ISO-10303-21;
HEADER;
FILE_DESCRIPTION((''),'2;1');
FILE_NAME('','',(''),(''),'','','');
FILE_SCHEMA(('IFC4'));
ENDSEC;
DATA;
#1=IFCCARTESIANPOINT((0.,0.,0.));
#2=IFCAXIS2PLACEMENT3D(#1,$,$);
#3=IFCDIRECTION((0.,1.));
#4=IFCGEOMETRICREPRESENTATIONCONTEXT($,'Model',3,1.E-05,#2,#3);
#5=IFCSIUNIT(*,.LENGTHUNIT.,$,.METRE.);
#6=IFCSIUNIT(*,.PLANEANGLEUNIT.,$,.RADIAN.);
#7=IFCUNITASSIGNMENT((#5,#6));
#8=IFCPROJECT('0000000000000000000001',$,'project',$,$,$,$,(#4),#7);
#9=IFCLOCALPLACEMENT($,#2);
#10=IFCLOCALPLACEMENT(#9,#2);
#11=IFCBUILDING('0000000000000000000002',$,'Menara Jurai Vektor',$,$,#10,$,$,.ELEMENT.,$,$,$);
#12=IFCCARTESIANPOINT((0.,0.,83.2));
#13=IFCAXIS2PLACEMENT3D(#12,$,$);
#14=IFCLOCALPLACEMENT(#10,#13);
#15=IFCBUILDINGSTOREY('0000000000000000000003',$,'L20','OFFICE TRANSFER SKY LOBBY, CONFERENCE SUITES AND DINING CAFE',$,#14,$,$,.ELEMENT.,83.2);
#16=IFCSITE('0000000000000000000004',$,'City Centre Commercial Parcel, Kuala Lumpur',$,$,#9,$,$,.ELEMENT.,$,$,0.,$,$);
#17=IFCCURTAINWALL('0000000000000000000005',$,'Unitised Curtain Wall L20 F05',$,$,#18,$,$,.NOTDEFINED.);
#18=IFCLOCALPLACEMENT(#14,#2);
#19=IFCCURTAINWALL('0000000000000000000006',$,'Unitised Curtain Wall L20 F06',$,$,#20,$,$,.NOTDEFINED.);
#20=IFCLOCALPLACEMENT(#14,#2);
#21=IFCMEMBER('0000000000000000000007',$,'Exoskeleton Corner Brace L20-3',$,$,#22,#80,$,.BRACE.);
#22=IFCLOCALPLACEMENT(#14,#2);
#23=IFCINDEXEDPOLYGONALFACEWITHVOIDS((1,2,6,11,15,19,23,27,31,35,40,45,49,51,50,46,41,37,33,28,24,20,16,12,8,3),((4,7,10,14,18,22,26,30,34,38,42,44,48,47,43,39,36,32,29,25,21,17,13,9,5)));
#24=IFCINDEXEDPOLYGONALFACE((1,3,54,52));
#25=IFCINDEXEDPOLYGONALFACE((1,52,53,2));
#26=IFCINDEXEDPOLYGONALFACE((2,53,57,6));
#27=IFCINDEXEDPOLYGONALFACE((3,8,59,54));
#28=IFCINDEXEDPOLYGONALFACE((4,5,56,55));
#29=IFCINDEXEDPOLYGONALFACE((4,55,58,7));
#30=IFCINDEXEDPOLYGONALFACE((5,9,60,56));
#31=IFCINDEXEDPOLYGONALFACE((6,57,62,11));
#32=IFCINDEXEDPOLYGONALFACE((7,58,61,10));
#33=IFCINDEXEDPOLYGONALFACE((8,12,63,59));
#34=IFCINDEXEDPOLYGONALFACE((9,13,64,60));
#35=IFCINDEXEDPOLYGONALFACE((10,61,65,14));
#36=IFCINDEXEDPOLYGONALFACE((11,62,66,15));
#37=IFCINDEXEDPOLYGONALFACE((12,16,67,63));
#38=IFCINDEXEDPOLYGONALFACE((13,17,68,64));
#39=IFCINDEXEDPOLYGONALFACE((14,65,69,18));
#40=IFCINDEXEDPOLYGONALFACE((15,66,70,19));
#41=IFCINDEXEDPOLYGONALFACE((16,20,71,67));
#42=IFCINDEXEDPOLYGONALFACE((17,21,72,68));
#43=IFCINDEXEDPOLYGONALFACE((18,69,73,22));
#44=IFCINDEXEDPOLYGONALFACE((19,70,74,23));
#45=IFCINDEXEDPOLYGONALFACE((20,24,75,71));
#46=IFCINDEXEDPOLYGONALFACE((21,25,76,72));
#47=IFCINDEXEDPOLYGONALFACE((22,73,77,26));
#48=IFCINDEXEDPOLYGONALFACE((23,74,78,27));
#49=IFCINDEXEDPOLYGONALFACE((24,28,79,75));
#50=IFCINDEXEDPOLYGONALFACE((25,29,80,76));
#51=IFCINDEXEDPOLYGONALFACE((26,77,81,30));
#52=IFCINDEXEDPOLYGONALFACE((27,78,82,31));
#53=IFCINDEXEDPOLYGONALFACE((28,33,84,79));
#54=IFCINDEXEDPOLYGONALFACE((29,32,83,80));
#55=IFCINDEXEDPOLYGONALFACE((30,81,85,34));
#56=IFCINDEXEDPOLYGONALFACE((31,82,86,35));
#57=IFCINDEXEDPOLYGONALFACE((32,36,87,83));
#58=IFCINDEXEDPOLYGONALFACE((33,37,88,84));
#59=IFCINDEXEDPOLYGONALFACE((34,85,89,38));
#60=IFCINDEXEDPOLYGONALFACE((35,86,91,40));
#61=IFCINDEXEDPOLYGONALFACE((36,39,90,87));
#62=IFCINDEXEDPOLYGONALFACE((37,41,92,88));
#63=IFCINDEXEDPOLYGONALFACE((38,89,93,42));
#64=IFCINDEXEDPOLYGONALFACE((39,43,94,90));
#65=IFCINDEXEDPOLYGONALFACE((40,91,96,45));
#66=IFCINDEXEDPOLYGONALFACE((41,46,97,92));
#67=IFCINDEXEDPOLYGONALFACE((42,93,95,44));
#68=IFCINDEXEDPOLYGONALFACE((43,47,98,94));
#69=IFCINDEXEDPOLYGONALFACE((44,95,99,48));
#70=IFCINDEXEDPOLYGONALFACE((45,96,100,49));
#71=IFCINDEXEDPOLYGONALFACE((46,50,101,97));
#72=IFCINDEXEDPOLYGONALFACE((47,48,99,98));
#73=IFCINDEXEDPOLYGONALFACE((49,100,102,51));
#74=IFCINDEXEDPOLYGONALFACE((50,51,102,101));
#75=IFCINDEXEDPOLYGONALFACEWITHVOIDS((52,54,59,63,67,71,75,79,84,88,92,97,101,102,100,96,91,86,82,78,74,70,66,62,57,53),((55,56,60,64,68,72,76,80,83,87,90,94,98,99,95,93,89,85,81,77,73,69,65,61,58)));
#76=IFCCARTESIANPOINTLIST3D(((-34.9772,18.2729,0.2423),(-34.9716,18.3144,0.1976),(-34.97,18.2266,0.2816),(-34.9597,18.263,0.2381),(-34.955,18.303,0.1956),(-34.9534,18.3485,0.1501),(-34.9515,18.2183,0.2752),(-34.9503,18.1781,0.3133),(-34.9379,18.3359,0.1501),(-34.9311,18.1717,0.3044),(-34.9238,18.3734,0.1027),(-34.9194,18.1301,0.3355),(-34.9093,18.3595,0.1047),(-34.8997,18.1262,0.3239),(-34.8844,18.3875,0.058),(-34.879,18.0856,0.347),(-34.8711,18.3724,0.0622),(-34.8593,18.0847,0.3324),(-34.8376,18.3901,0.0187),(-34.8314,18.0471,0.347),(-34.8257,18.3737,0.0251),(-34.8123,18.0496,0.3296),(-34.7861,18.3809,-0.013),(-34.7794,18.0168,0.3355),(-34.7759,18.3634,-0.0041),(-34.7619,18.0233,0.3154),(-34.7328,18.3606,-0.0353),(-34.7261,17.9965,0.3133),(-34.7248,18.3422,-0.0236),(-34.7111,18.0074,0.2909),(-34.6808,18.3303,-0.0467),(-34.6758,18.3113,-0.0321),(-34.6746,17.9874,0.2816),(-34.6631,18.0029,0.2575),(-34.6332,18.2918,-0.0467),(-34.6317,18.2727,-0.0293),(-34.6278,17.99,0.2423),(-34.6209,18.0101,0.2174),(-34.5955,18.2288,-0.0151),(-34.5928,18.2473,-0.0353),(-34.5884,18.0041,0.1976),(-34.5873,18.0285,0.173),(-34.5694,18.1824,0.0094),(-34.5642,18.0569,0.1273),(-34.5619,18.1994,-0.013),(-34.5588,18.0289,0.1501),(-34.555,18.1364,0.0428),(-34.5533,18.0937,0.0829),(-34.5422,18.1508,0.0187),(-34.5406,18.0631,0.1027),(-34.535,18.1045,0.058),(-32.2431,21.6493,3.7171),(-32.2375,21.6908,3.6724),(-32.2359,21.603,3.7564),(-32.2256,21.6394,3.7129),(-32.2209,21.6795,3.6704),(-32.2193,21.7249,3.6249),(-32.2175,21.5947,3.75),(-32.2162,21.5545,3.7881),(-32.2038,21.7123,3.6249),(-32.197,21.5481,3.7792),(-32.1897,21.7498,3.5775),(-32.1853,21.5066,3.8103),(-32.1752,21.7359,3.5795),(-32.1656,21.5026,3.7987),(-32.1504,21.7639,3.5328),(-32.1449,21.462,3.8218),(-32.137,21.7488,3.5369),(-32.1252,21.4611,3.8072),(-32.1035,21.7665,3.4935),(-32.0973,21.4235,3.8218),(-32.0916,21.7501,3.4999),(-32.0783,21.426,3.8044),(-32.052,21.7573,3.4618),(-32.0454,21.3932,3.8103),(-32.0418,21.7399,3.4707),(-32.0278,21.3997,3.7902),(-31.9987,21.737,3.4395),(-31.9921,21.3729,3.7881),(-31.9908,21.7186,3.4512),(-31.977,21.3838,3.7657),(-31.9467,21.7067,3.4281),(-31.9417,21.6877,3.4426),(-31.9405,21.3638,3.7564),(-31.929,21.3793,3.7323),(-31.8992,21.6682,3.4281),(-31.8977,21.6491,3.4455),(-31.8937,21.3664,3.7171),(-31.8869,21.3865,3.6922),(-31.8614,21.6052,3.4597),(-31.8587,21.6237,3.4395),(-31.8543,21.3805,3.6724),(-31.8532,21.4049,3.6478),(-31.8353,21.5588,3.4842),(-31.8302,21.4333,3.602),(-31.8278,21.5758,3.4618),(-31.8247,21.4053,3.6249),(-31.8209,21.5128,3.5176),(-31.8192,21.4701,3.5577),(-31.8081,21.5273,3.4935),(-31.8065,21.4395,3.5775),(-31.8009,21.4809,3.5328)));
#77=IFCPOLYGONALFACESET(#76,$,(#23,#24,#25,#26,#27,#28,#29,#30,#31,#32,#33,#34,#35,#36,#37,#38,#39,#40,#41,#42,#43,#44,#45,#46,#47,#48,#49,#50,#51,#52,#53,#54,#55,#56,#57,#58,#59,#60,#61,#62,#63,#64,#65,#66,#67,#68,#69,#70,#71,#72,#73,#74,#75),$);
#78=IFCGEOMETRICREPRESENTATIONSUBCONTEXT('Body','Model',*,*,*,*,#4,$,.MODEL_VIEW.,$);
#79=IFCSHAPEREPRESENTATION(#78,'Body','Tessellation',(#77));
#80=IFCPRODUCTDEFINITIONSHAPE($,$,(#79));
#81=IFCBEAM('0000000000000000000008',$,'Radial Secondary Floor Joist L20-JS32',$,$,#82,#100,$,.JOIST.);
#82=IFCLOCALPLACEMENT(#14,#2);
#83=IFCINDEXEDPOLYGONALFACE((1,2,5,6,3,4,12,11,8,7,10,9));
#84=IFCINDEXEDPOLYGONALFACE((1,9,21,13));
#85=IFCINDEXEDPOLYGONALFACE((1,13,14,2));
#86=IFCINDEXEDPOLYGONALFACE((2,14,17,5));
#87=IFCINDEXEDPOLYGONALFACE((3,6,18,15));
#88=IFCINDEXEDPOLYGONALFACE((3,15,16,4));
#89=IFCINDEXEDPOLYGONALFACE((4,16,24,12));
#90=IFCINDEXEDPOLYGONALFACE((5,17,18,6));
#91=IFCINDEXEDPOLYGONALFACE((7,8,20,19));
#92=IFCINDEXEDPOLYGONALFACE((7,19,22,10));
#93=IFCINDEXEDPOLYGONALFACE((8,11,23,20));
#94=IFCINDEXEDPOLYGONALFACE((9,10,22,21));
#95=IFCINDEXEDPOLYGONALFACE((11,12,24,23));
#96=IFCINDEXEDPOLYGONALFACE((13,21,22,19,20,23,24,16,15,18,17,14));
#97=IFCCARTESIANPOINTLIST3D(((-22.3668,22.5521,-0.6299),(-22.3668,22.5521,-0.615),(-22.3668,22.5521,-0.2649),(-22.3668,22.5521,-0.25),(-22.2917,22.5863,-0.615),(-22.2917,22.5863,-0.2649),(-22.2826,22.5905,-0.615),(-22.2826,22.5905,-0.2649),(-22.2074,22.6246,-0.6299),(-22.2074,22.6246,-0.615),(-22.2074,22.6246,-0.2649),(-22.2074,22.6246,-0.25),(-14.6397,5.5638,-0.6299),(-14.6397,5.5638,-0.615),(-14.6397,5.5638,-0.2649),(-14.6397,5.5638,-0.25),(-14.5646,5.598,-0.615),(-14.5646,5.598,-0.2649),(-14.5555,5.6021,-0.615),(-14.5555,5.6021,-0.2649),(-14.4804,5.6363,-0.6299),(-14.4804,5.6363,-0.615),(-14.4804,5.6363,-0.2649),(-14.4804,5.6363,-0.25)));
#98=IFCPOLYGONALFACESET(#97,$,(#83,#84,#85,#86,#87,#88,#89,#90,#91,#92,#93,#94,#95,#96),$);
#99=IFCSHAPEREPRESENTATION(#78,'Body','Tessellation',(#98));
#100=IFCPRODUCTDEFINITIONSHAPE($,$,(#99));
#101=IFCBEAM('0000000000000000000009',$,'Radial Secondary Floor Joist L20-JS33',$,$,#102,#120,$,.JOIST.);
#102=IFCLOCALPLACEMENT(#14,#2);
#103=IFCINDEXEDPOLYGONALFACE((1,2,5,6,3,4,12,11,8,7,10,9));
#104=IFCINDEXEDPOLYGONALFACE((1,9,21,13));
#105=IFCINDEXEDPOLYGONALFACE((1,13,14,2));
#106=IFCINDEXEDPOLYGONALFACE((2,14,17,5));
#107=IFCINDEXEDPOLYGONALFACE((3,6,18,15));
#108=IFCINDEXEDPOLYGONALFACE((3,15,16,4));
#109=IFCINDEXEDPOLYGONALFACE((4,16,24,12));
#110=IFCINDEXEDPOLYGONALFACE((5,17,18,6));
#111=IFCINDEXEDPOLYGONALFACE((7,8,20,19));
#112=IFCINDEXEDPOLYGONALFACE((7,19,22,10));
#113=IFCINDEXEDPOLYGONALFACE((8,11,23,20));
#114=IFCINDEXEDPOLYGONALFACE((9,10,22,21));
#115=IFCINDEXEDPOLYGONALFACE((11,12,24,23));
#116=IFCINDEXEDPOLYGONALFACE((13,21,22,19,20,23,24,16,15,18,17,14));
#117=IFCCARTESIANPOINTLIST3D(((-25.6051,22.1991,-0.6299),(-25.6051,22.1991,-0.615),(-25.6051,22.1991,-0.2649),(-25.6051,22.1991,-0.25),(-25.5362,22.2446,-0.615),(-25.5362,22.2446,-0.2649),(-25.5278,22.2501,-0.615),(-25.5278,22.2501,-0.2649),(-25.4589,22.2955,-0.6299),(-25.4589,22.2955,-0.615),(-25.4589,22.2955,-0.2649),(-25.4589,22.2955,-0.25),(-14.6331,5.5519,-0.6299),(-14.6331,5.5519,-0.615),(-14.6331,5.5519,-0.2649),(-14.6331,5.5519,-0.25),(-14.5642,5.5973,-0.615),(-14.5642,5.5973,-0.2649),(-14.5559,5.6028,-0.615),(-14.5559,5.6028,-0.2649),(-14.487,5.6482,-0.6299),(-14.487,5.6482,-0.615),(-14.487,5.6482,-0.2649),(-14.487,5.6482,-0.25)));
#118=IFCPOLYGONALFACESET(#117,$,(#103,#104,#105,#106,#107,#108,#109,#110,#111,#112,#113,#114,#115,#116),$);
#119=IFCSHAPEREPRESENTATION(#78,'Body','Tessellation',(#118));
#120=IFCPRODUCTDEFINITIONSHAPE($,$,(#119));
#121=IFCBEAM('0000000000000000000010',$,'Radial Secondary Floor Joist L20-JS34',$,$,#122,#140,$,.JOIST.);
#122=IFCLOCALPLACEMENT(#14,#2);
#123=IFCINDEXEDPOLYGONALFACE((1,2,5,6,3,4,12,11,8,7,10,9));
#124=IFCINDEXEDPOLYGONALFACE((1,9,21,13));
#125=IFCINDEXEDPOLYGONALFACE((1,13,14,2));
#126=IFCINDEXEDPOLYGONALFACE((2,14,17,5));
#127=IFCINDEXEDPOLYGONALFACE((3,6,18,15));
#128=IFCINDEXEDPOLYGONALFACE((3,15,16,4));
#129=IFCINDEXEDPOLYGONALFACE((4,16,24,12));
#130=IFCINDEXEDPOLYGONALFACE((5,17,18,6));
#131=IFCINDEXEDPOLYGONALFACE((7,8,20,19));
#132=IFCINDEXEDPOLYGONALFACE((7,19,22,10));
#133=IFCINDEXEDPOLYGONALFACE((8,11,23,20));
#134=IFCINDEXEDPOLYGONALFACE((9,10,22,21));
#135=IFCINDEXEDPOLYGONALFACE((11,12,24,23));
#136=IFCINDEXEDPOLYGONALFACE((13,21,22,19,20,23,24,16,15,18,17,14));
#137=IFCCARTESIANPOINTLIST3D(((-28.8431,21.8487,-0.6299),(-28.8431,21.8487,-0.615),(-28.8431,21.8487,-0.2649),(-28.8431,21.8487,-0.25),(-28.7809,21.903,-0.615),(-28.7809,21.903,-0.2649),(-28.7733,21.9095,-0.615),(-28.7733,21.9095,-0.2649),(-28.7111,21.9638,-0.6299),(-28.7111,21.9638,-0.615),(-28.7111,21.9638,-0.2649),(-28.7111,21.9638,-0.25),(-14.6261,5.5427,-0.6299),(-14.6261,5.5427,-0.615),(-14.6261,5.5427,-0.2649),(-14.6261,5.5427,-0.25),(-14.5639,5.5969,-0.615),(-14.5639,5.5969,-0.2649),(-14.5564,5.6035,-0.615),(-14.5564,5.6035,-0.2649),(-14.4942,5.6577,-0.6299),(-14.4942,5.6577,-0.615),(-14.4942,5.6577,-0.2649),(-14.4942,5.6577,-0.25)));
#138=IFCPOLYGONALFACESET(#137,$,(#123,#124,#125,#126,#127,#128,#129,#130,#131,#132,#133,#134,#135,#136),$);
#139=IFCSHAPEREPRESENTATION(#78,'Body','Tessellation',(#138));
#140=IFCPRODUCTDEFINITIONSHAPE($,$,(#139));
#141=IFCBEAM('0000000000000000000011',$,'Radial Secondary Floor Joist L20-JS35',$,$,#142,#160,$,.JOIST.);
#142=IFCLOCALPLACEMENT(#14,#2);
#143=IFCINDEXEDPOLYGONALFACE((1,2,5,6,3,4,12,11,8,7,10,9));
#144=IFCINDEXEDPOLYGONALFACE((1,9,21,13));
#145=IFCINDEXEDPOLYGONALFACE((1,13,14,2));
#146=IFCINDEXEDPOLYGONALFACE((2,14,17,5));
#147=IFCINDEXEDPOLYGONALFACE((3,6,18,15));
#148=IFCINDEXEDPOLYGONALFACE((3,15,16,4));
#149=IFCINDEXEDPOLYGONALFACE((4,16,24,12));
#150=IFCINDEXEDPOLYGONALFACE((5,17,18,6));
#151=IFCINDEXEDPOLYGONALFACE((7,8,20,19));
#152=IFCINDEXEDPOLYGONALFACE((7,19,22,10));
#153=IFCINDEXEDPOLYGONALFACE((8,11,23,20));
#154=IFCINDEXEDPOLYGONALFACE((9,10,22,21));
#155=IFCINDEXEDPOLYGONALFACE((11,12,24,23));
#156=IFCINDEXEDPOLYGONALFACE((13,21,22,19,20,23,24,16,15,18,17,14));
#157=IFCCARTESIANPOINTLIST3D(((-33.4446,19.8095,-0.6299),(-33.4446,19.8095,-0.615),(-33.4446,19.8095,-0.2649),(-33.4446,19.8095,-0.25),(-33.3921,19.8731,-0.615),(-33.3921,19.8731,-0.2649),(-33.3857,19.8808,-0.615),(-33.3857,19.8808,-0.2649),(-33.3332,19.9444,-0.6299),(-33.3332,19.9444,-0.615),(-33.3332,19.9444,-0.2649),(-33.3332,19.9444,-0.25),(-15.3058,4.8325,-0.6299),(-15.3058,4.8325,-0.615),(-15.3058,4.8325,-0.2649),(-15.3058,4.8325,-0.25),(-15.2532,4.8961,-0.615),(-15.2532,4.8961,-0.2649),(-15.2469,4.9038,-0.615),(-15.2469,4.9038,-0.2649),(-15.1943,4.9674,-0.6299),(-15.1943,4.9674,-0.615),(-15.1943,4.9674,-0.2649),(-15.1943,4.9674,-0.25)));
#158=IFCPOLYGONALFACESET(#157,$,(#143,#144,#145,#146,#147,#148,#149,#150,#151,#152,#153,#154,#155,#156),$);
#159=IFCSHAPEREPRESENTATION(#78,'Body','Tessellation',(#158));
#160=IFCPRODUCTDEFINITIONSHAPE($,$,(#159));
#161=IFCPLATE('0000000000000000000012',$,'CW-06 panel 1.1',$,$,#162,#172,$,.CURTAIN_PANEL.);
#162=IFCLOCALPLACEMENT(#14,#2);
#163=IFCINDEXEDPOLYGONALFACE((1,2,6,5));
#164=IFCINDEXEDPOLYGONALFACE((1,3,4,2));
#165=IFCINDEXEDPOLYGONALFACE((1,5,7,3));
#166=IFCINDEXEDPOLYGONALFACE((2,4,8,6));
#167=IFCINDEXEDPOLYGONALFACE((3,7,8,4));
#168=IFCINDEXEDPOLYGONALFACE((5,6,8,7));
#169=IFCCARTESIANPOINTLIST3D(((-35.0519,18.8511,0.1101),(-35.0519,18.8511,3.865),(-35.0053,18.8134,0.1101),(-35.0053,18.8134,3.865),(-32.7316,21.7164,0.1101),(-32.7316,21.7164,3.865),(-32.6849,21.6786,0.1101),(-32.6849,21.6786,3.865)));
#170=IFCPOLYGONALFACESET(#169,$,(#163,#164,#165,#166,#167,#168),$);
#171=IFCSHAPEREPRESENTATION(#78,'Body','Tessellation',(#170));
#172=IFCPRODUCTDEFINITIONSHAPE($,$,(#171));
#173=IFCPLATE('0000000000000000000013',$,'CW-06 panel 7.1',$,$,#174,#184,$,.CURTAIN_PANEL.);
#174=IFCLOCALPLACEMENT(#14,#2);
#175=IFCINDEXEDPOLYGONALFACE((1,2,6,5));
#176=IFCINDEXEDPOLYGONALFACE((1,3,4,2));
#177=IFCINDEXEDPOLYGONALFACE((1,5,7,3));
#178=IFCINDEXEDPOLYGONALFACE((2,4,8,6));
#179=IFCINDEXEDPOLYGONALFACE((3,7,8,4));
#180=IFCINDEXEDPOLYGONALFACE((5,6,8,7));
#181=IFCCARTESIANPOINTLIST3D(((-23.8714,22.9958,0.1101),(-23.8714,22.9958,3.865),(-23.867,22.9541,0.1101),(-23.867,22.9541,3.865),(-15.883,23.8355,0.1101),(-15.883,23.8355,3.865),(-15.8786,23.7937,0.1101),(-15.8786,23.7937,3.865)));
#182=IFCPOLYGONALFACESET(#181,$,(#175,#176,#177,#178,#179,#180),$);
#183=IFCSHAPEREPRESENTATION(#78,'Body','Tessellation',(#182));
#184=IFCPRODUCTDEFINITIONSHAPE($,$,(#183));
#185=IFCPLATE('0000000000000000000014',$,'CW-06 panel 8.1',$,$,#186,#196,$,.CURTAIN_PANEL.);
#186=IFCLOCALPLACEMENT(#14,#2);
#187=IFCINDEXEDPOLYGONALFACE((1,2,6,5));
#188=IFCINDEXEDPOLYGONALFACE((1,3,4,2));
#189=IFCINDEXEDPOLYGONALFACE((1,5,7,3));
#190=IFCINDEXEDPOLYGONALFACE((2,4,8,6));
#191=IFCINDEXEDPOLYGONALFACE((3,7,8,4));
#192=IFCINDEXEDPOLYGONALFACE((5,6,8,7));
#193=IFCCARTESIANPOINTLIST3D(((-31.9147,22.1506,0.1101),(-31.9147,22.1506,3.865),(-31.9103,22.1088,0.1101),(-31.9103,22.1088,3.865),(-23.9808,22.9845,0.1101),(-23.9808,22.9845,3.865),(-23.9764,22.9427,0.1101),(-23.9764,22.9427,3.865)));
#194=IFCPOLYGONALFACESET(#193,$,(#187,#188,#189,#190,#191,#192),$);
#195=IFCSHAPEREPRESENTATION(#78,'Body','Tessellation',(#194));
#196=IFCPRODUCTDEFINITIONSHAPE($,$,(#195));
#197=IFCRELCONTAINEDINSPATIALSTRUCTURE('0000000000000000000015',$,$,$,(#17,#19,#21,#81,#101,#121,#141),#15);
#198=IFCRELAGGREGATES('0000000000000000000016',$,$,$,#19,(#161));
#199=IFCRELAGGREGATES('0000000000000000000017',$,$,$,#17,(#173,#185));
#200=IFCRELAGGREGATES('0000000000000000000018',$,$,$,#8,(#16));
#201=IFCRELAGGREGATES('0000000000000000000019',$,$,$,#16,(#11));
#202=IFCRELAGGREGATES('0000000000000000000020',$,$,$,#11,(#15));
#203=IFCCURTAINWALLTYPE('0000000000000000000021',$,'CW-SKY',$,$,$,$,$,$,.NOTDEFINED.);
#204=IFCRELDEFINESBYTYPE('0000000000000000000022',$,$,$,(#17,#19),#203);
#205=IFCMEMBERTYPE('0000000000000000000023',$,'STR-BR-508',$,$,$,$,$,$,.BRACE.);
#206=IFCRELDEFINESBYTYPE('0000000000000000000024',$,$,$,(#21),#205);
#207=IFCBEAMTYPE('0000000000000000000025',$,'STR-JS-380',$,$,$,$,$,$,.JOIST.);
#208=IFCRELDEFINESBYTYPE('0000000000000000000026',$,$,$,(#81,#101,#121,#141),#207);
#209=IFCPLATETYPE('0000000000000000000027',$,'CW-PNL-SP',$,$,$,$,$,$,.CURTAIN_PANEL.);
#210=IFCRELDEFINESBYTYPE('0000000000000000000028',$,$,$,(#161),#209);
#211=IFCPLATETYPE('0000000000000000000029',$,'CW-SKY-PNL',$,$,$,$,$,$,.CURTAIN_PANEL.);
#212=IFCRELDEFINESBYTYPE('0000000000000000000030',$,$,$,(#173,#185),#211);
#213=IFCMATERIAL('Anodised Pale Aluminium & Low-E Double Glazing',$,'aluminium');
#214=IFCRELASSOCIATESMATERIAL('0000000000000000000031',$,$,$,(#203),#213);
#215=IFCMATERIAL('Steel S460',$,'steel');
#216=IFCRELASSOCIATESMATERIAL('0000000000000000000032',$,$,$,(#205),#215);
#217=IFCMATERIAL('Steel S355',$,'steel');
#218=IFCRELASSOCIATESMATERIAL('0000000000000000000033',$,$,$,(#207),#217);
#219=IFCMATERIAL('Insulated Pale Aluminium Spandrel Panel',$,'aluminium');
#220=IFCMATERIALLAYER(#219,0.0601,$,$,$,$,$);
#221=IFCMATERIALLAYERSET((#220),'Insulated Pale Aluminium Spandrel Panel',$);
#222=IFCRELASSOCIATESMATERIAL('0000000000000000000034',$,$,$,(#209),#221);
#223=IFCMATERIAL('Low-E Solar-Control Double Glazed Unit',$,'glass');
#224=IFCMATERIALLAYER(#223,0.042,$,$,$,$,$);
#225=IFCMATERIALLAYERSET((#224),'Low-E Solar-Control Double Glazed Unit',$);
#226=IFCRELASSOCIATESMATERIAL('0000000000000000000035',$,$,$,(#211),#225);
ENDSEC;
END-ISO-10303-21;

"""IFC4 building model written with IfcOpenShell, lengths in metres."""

from ifc_helpers import new_model, si_unit, direction, frame, origin, origin_2d, place, context, subcontext, project, spatial, rectangle, hollow_circle, i_section, extrude, material, layer, layer_set, material_profile, profile_set, type_object, element, aggregate, save


model = new_model("IFC4")

# Units and contexts
model_context = context("Model", 3, precision=1e-05, world=origin(), true_north=direction((0.0, 1.0)))
body_context = subcontext(model_context, "Body", "Model", "MODEL_VIEW")
ifc_project = project(units=[si_unit("LENGTHUNIT", "METRE"), si_unit("PLANEANGLEUNIT", "RADIAN")], contexts=[model_context])

# Site, building, storey
site_placement = place(None, origin())
site = spatial("IfcSite", under=ifc_project, at=site_placement, Name="City Centre Commercial Parcel, Kuala Lumpur", CompositionType="ELEMENT", RefElevation=0.0)
building_placement = place(site_placement, origin())
building = spatial("IfcBuilding", under=site, at=building_placement, Name="Menara Jurai Vektor", CompositionType="ELEMENT")
storey_placement = place(building_placement, frame((0.0, 0.0, 83.2)))
storey = spatial("IfcBuildingStorey", under=building, at=storey_placement, Name="L20", Description="OFFICE TRANSFER SKY LOBBY, CONFERENCE SUITES AND DINING CAFE", CompositionType="ELEMENT", Elevation=83.2)

# Shared definitions
ifc_material_1 = material(Name="Steel S460", Category="steel")

# Curtain walls
ifc_material_2 = material(Name="Anodised Pale Aluminium & Low-E Double Glazing", Category="aluminium")
curtain_wall_type = type_object("IfcCurtainWallType", Name="CW-SKY", PredefinedType="NOTDEFINED", material=ifc_material_2)
curtain_wall_1_placement = place(storey_placement, origin())
curtain_wall_1 = element("IfcCurtainWall", 1, at=curtain_wall_1_placement, inside=storey, type_object=curtain_wall_type, Name="Unitised Curtain Wall L20 F05", PredefinedType="NOTDEFINED")
curtain_wall_2_placement = place(storey_placement, origin())
curtain_wall_2 = element("IfcCurtainWall", 2, at=curtain_wall_2_placement, inside=storey, type_object=curtain_wall_type, Name="Unitised Curtain Wall L20 F06", PredefinedType="NOTDEFINED")

# Shared definitions
ifc_material_3 = material(Name="Steel S355", Category="steel")

# Member
ifc_material_profile_1 = material_profile(ifc_material_1, hollow_circle(Radius=0.2539, WallThickness=0.02, at=origin_2d()), Name="CHS 508x20")
ifc_profile_set_1 = profile_set([ifc_material_profile_1], Name="Steel S460")
member_type_1 = type_object("IfcMemberType", Name="STR-BR-508", PredefinedType="BRACE", material=ifc_profile_set_1)
member_1_placement = place(storey_placement, frame((-34.7561, 18.1887, 0.1501), z_axis=(0.491456, 0.606915, 0.6246), x_axis=(-0.777155, 0.62931, 0.0)))
element("IfcMember", 3, at=member_1_placement, inside=storey, type_object=member_type_1, Name="Exoskeleton Corner Brace L20-3", PredefinedType="BRACE", context=body_context, shape_type="SweptSolid", body=[
    extrude(hollow_circle(Radius=0.2539, WallThickness=0.02, at=origin_2d()), origin(), (0.0, 0.0, 1.0), 5.5632),
])

# Beams
ifc_material_profile_2 = material_profile(ifc_material_3, i_section(OverallWidth=0.175, OverallDepth=0.3799, WebThickness=0.01, FlangeThickness=0.0149, at=origin_2d()), Name="PG 380x175x58")
ifc_profile_set_2 = profile_set([ifc_material_profile_2], Name="Steel S355")
beam_type_1 = type_object("IfcBeamType", Name="STR-JS-380", PredefinedType="JOIST", material=ifc_profile_set_2)
beam_1_placement = place(storey_placement, frame((-22.2871, 22.5884, -0.4399), z_axis=(0.41403, -0.910263, 0.0), x_axis=(0.910263, 0.41403, 0.0)))
element("IfcBeam", 4, at=beam_1_placement, inside=storey, type_object=beam_type_1, Name="Radial Secondary Floor Joist L20-JS32", PredefinedType="JOIST", context=body_context, shape_type="SweptSolid", body=[
    extrude(i_section(OverallWidth=0.175, OverallDepth=0.3799, WebThickness=0.01, FlangeThickness=0.0149, at=origin_2d()), origin(), (0.0, 0.0, 1.0), 18.6631),
])
beam_2_placement = place(storey_placement, frame((-25.532, 22.2473, -0.4399), z_axis=(0.55031, -0.834961, 0.0), x_axis=(0.834961, 0.55031, 0.0)))
element("IfcBeam", 5, at=beam_2_placement, inside=storey, type_object=beam_type_1, Name="Radial Secondary Floor Joist L20-JS33", PredefinedType="JOIST", context=body_context, shape_type="SweptSolid", body=[
    extrude(i_section(OverallWidth=0.175, OverallDepth=0.3799, WebThickness=0.01, FlangeThickness=0.0149, at=origin_2d()), origin(), (0.0, 0.0, 1.0), 19.9377),
])
beam_3_placement = place(storey_placement, frame((-28.7771, 21.9062, -0.4399), z_axis=(0.657173, -0.75374, 0.0), x_axis=(0.75374, 0.657173, 0.0)))
element("IfcBeam", 6, at=beam_3_placement, inside=storey, type_object=beam_type_1, Name="Radial Secondary Floor Joist L20-JS34", PredefinedType="JOIST", context=body_context, shape_type="SweptSolid", body=[
    extrude(i_section(OverallWidth=0.175, OverallDepth=0.3799, WebThickness=0.01, FlangeThickness=0.0149, at=origin_2d()), origin(), (0.0, 0.0, 1.0), 21.6335),
])
beam_4_placement = place(storey_placement, frame((-33.3889, 19.877, -0.4399), z_axis=(0.771114, -0.636698, 0.0), x_axis=(0.636698, 0.771114, 0.0)))
element("IfcBeam", 7, at=beam_4_placement, inside=storey, type_object=beam_type_1, Name="Radial Secondary Floor Joist L20-JS35", PredefinedType="JOIST", context=body_context, shape_type="SweptSolid", body=[
    extrude(i_section(OverallWidth=0.175, OverallDepth=0.3799, WebThickness=0.01, FlangeThickness=0.0149, at=origin_2d()), origin(), (0.0, 0.0, 1.0), 23.5229),
])

# Plates
ifc_material_4 = material(Name="Insulated Pale Aluminium Spandrel Panel", Category="aluminium")
ifc_layer_1 = layer(ifc_material_4, 0.0601)
ifc_layer_set_1 = layer_set([ifc_layer_1], Name="Insulated Pale Aluminium Spandrel Panel")
plate_type_1 = type_object("IfcPlateType", Name="CW-PNL-SP", PredefinedType="CURTAIN_PANEL", material=ifc_layer_set_1)
plate_1_placement = place(storey_placement, frame((-33.8684, 20.2649, 0.1101), z_axis=(0.0, 0.0, 1.0), x_axis=(-0.629341, -0.777129, 0.0)))
plate_1 = element("IfcPlate", 8, at=plate_1_placement, type_object=plate_type_1, Name="CW-06 panel 1.1", PredefinedType="CURTAIN_PANEL", context=body_context, shape_type="SweptSolid", body=[
    extrude(rectangle(XDim=3.687, YDim=0.0601, at=origin_2d()), origin(), (0.0, 0.0, 1.0), 3.7549),
])
aggregate(curtain_wall_2, [plate_1])
ifc_material_5 = material(Name="Low-E Solar-Control Double Glazed Unit", Category="glass")
ifc_layer_2 = layer(ifc_material_5, 0.042)
ifc_layer_set_2 = layer_set([ifc_layer_2], Name="Low-E Solar-Control Double Glazed Unit")
plate_type_2 = type_object("IfcPlateType", Name="CW-SKY-PNL", PredefinedType="CURTAIN_PANEL", material=ifc_layer_set_2)
plate_2_placement = place(storey_placement, frame((-19.875, 23.3948, 0.1101), z_axis=(0.0, 0.0, 1.0), x_axis=(-0.994522, -0.104529, 0.0)))
plate_2 = element("IfcPlate", 9, at=plate_2_placement, type_object=plate_type_2, Name="CW-06 panel 7.1", PredefinedType="CURTAIN_PANEL", context=body_context, shape_type="SweptSolid", body=[
    extrude(rectangle(XDim=8.0325, YDim=0.042, at=origin_2d()), origin(), (0.0, 0.0, 1.0), 3.7549),
])
plate_3_placement = place(storey_placement, frame((-27.9456, 22.5466, 0.1101), z_axis=(0.0, 0.0, 1.0), x_axis=(-0.994522, -0.104529, 0.0)))
plate_3 = element("IfcPlate", 10, at=plate_3_placement, type_object=plate_type_2, Name="CW-06 panel 8.1", PredefinedType="CURTAIN_PANEL", context=body_context, shape_type="SweptSolid", body=[
    extrude(rectangle(XDim=7.9775, YDim=0.042, at=origin_2d()), origin(), (0.0, 0.0, 1.0), 3.7549),
])
aggregate(curtain_wall_1, [plate_2, plate_3])

save(model, "model.ifc")
